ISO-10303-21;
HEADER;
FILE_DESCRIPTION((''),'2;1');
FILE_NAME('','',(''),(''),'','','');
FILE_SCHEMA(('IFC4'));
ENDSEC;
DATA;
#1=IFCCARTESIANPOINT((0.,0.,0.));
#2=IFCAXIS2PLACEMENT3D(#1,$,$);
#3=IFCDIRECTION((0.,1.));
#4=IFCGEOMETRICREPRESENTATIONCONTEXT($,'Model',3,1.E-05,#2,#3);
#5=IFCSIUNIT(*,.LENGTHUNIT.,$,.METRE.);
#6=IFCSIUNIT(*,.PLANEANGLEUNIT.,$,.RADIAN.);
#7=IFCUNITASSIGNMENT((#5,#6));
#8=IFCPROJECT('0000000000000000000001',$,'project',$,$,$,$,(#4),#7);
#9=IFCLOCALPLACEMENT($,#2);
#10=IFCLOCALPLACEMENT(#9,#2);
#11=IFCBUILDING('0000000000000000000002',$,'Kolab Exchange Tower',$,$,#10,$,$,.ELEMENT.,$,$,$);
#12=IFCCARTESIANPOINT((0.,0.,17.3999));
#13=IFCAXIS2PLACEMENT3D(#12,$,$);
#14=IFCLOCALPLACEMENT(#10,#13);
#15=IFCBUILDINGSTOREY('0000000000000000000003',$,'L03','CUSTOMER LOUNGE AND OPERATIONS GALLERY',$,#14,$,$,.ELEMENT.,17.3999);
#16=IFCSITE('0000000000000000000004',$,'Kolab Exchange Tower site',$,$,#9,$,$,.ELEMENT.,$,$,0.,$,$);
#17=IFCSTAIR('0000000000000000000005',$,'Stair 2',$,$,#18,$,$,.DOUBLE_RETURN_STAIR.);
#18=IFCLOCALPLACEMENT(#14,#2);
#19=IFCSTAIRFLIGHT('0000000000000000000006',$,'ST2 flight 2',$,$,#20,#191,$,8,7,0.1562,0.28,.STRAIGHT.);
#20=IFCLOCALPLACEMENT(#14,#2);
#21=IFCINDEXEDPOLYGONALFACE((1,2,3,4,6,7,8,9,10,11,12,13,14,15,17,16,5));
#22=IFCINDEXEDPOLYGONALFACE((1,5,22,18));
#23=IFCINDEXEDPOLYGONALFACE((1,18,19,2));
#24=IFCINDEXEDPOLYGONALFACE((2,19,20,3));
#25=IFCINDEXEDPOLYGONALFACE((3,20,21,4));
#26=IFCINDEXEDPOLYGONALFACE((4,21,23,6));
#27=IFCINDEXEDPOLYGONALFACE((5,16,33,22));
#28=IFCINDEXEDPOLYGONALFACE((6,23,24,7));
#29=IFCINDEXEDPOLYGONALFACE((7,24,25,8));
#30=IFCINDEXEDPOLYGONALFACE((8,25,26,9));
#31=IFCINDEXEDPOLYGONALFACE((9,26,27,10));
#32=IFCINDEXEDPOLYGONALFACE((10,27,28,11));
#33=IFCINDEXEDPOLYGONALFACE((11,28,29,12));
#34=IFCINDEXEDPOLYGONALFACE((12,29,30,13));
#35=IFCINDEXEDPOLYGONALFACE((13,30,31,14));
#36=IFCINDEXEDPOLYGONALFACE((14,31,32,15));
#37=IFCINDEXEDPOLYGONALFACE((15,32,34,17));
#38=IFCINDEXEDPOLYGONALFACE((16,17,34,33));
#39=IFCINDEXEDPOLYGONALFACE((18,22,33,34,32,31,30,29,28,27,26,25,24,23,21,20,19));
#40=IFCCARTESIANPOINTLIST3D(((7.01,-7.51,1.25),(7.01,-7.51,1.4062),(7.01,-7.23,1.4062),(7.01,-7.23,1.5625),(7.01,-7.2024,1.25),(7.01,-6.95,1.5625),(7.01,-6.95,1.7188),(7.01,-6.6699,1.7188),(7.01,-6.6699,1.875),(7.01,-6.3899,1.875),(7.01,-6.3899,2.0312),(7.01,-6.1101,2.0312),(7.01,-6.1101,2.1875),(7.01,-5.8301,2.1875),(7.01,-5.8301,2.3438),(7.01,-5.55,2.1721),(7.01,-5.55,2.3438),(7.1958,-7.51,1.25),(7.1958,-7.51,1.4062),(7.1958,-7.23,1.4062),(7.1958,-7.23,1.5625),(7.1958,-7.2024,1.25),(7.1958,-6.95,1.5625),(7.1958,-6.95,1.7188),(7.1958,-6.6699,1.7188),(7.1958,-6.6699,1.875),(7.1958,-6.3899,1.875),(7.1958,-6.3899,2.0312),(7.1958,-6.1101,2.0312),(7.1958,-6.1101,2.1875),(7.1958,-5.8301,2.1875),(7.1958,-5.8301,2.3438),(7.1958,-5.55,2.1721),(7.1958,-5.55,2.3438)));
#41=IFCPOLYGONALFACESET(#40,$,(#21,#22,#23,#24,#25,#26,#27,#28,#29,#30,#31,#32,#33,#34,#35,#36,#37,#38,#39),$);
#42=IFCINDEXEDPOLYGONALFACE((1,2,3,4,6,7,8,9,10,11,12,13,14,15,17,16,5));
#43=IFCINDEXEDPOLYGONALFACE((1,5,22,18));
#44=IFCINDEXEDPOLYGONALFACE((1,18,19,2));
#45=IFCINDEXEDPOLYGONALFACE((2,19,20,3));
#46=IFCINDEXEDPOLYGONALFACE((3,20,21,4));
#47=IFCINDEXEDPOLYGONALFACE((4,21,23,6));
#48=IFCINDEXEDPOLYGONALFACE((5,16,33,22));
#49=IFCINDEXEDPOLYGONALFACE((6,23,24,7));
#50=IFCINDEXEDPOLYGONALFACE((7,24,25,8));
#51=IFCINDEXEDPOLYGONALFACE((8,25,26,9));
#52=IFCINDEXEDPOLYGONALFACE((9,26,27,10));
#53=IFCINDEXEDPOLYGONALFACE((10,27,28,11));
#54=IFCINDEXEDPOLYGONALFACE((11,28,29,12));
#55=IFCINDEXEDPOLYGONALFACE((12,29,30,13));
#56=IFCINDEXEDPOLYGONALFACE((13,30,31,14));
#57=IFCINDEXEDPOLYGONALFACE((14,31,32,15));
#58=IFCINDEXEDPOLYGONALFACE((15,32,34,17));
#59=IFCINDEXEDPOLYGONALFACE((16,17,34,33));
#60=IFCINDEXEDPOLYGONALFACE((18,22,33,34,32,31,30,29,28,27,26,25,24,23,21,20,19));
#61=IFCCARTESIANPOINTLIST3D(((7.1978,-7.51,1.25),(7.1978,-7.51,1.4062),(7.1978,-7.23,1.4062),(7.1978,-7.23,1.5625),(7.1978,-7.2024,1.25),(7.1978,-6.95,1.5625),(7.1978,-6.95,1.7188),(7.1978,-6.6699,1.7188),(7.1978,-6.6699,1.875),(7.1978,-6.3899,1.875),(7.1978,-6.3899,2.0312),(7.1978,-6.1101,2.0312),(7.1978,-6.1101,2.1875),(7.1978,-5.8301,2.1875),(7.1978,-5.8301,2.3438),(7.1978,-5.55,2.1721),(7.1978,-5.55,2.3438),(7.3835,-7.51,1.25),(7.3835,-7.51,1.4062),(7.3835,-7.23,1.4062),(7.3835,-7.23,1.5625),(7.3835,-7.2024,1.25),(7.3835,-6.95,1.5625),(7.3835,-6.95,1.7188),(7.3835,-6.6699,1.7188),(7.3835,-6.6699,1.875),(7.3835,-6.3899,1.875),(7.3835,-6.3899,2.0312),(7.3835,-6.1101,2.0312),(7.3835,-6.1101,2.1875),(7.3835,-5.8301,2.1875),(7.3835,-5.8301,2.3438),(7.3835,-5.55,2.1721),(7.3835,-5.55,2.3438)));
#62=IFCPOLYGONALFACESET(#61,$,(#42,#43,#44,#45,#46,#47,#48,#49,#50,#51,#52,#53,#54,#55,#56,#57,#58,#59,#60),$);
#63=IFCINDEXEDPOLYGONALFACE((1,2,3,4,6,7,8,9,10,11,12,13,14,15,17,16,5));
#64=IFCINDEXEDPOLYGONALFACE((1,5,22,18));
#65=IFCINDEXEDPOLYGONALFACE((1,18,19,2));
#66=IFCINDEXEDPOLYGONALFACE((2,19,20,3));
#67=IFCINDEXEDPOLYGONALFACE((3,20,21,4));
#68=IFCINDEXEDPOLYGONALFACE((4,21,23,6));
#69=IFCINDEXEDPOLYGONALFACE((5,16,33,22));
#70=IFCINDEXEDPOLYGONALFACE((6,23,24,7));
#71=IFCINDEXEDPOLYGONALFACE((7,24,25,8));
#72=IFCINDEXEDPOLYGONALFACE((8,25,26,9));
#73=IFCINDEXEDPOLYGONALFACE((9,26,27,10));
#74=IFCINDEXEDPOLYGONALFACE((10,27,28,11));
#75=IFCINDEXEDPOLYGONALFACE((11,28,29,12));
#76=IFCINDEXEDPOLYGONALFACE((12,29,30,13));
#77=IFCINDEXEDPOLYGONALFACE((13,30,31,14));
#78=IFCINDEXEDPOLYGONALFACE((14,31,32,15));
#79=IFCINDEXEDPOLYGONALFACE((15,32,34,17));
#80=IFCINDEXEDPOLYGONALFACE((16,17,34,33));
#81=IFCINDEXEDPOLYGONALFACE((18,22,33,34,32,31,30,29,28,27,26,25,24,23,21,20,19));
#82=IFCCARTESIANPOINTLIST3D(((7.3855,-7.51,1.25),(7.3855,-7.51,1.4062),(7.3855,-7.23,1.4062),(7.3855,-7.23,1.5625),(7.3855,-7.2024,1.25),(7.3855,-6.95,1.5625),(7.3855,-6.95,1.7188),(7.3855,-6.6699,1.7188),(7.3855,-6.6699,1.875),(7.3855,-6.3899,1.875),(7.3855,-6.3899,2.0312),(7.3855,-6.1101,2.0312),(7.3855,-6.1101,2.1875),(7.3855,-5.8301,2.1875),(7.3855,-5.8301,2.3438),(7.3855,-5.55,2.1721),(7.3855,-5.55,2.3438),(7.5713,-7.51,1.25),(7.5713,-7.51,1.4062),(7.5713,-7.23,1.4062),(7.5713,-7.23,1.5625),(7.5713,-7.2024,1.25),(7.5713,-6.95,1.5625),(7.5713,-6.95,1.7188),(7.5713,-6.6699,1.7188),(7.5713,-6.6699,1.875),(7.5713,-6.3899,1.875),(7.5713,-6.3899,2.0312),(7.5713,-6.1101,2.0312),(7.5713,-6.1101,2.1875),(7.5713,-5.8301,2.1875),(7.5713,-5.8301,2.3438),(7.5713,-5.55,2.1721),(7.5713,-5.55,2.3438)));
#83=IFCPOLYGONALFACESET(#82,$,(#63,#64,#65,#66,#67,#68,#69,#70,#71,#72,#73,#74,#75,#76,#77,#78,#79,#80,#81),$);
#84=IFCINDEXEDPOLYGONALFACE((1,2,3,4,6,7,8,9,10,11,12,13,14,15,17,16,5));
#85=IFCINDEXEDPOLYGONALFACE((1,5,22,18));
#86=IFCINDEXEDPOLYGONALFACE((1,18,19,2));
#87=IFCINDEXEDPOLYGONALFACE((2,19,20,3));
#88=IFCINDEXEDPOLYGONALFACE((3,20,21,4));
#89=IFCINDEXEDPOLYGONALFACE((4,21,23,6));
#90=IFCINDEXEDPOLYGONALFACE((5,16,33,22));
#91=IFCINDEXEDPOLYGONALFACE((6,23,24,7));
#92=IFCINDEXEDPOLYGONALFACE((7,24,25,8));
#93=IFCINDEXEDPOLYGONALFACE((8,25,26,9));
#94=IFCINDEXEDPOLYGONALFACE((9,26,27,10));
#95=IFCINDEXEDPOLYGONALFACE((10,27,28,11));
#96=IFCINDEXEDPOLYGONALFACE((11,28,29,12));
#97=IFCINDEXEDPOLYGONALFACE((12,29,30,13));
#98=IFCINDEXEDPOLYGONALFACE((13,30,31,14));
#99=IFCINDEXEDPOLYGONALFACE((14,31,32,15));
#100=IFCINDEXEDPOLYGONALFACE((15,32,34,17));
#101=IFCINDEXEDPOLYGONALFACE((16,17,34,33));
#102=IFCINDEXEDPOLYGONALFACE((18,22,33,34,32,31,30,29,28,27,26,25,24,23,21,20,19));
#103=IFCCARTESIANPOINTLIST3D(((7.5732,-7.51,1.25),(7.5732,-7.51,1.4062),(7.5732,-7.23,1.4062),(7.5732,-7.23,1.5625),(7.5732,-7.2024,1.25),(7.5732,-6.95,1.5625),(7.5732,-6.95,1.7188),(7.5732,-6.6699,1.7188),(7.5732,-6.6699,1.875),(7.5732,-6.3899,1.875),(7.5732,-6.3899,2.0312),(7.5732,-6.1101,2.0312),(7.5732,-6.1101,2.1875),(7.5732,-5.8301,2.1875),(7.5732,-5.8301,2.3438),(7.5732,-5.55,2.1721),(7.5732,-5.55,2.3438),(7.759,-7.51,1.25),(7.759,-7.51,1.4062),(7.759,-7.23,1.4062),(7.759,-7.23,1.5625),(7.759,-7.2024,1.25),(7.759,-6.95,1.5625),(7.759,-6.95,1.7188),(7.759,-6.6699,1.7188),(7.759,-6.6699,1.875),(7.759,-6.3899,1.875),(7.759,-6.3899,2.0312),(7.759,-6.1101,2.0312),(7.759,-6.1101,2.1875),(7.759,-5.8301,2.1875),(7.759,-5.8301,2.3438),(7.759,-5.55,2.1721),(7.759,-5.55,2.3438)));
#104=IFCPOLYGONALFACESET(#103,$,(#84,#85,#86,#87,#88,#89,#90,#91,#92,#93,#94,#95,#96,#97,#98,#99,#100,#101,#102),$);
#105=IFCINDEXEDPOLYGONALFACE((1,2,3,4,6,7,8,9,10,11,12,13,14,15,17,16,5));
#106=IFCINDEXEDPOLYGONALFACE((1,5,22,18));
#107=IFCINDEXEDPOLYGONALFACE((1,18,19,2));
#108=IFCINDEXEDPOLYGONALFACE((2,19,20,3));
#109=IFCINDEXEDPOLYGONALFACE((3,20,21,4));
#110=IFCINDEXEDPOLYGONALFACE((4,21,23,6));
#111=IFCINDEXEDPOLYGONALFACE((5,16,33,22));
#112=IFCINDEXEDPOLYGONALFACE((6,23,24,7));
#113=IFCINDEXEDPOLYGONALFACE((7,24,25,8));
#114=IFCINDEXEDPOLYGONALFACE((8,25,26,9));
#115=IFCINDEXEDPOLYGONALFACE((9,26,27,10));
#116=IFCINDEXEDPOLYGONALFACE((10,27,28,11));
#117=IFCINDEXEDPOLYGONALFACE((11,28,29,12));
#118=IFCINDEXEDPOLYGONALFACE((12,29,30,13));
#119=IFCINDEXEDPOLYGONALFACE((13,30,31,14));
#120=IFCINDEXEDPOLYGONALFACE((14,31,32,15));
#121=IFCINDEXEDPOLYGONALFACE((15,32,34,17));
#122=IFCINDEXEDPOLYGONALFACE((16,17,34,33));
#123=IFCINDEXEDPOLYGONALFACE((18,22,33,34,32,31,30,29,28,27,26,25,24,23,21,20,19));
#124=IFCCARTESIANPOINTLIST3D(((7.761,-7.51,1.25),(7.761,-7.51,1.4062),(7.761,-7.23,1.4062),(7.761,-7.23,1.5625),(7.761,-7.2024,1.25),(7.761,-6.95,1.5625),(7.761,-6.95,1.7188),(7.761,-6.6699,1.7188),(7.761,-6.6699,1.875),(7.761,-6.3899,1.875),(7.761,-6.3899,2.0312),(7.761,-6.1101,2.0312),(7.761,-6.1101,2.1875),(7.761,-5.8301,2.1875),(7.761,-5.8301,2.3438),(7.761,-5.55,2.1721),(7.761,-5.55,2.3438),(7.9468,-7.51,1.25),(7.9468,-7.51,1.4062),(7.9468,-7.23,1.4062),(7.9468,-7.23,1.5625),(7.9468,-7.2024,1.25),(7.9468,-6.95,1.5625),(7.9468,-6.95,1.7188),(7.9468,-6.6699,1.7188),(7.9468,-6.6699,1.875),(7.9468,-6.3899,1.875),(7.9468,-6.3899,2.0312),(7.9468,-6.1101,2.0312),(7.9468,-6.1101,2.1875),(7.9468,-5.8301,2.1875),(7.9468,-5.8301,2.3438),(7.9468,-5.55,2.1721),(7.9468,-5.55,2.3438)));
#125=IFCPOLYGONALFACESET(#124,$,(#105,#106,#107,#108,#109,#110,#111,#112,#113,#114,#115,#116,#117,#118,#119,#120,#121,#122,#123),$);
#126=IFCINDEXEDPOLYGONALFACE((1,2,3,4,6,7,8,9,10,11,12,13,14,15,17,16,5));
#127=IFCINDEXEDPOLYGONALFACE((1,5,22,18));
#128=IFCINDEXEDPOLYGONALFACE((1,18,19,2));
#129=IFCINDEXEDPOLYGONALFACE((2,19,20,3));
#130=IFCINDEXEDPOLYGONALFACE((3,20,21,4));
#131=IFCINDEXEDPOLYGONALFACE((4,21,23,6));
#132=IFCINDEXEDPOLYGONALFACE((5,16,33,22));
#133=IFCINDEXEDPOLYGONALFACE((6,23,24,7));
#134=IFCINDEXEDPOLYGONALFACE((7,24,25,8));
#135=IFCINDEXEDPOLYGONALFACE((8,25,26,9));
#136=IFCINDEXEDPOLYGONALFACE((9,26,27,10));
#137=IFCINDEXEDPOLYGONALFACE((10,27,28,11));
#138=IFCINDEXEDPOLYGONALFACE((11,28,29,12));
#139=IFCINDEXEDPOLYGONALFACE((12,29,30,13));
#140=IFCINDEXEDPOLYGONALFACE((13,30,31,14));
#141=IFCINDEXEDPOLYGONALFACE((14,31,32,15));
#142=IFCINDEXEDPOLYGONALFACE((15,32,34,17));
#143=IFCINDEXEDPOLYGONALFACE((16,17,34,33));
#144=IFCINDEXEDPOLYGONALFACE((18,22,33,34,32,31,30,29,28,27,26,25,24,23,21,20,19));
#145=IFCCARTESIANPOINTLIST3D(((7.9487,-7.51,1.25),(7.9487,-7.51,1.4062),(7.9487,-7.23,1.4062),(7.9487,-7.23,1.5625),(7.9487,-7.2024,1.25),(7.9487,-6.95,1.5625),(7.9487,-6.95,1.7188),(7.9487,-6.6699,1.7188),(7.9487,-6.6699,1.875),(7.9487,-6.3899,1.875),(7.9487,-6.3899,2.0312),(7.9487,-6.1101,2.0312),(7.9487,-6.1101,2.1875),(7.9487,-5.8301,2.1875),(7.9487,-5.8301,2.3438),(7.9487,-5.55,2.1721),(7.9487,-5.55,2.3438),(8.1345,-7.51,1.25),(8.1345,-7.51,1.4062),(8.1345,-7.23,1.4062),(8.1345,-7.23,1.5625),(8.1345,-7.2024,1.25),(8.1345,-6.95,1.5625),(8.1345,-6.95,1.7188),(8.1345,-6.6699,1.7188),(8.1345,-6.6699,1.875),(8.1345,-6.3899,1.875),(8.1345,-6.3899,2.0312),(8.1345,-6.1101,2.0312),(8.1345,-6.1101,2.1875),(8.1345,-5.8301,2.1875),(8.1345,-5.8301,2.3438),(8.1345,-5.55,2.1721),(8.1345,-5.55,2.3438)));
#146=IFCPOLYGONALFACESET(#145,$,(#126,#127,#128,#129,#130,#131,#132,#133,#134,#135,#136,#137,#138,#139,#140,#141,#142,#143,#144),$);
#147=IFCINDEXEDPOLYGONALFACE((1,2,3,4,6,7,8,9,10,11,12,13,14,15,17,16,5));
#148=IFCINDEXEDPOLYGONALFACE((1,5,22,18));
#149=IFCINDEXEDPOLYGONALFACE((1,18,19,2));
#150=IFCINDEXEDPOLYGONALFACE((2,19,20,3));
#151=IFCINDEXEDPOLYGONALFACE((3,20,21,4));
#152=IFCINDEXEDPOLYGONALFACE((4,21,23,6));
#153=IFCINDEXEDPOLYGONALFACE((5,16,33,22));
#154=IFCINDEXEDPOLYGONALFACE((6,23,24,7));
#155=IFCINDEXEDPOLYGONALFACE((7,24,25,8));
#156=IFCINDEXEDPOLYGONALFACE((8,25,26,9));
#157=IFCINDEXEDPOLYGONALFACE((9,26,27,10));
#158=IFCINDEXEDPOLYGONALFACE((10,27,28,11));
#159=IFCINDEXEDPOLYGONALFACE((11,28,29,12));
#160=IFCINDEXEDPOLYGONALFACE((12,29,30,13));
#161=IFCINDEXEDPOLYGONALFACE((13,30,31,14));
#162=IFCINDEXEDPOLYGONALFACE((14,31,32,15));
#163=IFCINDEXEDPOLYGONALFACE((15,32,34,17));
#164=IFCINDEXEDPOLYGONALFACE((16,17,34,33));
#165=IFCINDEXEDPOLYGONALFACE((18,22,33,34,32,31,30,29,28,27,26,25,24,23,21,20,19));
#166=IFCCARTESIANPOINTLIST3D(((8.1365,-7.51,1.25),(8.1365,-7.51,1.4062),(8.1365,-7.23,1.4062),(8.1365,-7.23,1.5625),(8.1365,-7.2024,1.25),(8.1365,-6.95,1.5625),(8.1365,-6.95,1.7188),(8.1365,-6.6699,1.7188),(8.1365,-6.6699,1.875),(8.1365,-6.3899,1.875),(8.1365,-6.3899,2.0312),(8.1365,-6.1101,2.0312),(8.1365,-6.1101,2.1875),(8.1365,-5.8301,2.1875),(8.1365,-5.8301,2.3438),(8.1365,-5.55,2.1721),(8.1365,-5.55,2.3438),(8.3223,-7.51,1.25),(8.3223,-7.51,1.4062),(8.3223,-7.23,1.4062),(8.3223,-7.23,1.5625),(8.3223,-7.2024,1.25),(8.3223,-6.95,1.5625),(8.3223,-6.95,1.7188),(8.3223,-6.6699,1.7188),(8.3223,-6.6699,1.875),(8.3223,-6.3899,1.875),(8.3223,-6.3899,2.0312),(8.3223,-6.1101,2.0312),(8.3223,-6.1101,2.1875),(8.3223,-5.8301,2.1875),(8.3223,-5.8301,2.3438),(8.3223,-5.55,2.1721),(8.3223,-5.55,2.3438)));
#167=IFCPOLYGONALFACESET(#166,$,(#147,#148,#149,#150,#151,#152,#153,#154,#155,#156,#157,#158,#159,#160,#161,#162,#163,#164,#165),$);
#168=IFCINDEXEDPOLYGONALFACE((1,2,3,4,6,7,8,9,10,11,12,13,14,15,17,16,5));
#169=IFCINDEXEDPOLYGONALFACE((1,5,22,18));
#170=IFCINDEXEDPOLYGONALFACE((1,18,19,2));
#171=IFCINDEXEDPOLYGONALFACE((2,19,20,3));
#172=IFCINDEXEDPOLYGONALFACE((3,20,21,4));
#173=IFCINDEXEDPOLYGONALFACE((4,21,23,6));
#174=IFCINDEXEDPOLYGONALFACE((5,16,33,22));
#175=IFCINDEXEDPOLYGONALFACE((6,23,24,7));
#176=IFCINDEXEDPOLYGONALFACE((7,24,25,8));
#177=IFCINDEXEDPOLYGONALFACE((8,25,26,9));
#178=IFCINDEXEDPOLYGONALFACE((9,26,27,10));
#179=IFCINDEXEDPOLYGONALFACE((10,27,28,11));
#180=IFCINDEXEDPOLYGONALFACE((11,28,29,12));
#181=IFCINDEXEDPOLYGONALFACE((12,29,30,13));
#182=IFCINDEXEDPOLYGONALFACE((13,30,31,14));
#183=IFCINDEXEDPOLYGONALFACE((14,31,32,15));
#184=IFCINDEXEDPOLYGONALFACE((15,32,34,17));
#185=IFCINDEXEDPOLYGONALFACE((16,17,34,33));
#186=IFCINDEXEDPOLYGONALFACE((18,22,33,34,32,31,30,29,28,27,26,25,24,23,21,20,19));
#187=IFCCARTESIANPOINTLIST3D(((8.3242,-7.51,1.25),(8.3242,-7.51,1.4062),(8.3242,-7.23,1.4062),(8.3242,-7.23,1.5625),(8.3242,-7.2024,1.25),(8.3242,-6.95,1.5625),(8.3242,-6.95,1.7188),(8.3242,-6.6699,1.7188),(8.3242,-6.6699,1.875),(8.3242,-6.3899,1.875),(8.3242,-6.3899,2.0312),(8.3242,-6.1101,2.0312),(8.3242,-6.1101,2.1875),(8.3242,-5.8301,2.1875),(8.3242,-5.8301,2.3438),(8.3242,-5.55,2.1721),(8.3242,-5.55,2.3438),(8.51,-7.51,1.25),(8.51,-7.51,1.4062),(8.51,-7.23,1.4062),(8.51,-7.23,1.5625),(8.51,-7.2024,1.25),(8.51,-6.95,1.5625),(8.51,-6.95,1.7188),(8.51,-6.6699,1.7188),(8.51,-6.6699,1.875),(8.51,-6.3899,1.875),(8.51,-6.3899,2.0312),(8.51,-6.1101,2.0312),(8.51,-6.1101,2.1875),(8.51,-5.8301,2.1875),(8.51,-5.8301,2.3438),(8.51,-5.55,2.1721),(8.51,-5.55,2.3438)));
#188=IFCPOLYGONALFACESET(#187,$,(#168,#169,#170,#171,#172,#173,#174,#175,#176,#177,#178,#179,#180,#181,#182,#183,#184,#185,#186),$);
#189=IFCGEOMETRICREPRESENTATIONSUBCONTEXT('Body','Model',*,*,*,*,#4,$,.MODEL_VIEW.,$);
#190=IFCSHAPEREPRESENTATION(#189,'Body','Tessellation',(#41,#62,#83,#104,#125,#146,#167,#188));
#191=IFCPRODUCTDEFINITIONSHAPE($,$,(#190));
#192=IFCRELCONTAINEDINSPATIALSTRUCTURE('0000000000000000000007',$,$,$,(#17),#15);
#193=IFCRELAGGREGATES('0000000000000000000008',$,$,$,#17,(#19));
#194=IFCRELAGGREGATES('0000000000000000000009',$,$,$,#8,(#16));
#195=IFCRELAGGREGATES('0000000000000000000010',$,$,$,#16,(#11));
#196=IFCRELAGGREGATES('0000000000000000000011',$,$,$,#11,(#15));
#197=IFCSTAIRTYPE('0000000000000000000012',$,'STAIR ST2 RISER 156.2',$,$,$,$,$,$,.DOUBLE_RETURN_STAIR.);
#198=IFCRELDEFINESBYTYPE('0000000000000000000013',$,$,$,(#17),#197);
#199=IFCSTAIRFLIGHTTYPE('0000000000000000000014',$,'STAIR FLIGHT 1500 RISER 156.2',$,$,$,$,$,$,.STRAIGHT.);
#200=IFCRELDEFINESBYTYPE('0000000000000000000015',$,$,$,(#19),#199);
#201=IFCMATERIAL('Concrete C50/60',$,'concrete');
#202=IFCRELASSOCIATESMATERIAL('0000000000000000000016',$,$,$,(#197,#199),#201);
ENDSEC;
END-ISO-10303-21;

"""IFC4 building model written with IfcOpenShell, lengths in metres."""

from ifc_helpers import new_model, si_unit, direction, frame, origin, place, context, subcontext, project, spatial, polyline, outline, extrude, material, type_object, element, aggregate, save


model = new_model("IFC4")

# Units and contexts
model_context = context("Model", 3, precision=1e-05, world=origin(), true_north=direction((0.0, 1.0)))
body_context = subcontext(model_context, "Body", "Model", "MODEL_VIEW")
ifc_project = project(units=[si_unit("LENGTHUNIT", "METRE"), si_unit("PLANEANGLEUNIT", "RADIAN")], contexts=[model_context])

# Site, building, storey
site_placement = place(None, origin())
site = spatial("IfcSite", under=ifc_project, at=site_placement, Name="Kolab Exchange Tower site", CompositionType="ELEMENT", RefElevation=0.0)
building_placement = place(site_placement, origin())
building = spatial("IfcBuilding", under=site, at=building_placement, Name="Kolab Exchange Tower", CompositionType="ELEMENT")
storey_placement = place(building_placement, frame((0.0, 0.0, 17.3999)))
storey = spatial("IfcBuildingStorey", under=building, at=storey_placement, Name="L03", Description="CUSTOMER LOUNGE AND OPERATIONS GALLERY", CompositionType="ELEMENT", Elevation=17.3999)

# Shared definitions
ifc_material_1 = material(Name="Concrete C50/60", Category="concrete")

# Stair, stair flight
stair_type_1 = type_object("IfcStairType", Name="STAIR ST2 RISER 156.2", PredefinedType="DOUBLE_RETURN_STAIR", material=ifc_material_1)
stair_1_placement = place(storey_placement, origin())
stair_1 = element("IfcStair", 1, at=stair_1_placement, inside=storey, type_object=stair_type_1, Name="Stair 2", PredefinedType="DOUBLE_RETURN_STAIR")
stair_flight_type = type_object("IfcStairFlightType", Name="STAIR FLIGHT 1500 RISER 156.2", PredefinedType="STRAIGHT", material=ifc_material_1)
stair_flight_1_placement = place(storey_placement, frame((7.76, -7.51, 1.25), z_axis=(0.0, 0.0, 1.0), x_axis=(0.0, 1.0, 0.0)))
stair_flight_1 = element("IfcStairFlight", 2, at=stair_flight_1_placement, type_object=stair_flight_type, Name="ST2 flight 2", NumberOfRisers=8, NumberOfTreads=7, PredefinedType="STRAIGHT", RiserHeight=0.1562, TreadLength=0.28, context=body_context, shape_type="SweptSolid", body=[
    extrude(outline(polyline([(0.0, 0.0), (0.0, 0.1562), (0.28, 0.1562), (0.28, 0.3125), (0.5601, 0.3125), (0.5601, 0.4688), (0.8401, 0.4688), (0.8401, 0.625), (1.1201, 0.625), (1.1201, 0.7812), (1.3999, 0.7812), (1.3999, 0.9375), (1.6799, 0.9375), (1.6799, 1.0938), (1.96, 1.0938), (1.96, 1.25), (1.96, 0.9221), (0.3076, 0.0), (0.0, 0.0)])), frame((0.0, 0.75, 0.0), z_axis=(0.0, -1.0, 0.0), x_axis=(1.0, 0.0, 0.0)), (0.0, 0.0, 1.0), 0.1858),
    extrude(outline(polyline([(0.0, 0.0), (0.0, 0.1562), (0.28, 0.1562), (0.28, 0.3125), (0.5601, 0.3125), (0.5601, 0.4688), (0.8401, 0.4688), (0.8401, 0.625), (1.1201, 0.625), (1.1201, 0.7812), (1.3999, 0.7812), (1.3999, 0.9375), (1.6799, 0.9375), (1.6799, 1.0938), (1.96, 1.0938), (1.96, 1.25), (1.96, 0.9221), (0.3076, 0.0), (0.0, 0.0)])), frame((0.0, 0.5623, 0.0), z_axis=(0.0, -1.0, 0.0), x_axis=(1.0, 0.0, 0.0)), (0.0, 0.0, 1.0), 0.1858),
    extrude(outline(polyline([(0.0, 0.0), (0.0, 0.1562), (0.28, 0.1562), (0.28, 0.3125), (0.5601, 0.3125), (0.5601, 0.4688), (0.8401, 0.4688), (0.8401, 0.625), (1.1201, 0.625), (1.1201, 0.7812), (1.3999, 0.7812), (1.3999, 0.9375), (1.6799, 0.9375), (1.6799, 1.0938), (1.96, 1.0938), (1.96, 1.25), (1.96, 0.9221), (0.3076, 0.0), (0.0, 0.0)])), frame((0.0, 0.3745, 0.0), z_axis=(0.0, -1.0, 0.0), x_axis=(1.0, 0.0, 0.0)), (0.0, 0.0, 1.0), 0.1858),
    extrude(outline(polyline([(0.0, 0.0), (0.0, 0.1562), (0.28, 0.1562), (0.28, 0.3125), (0.5601, 0.3125), (0.5601, 0.4688), (0.8401, 0.4688), (0.8401, 0.625), (1.1201, 0.625), (1.1201, 0.7812), (1.3999, 0.7812), (1.3999, 0.9375), (1.6799, 0.9375), (1.6799, 1.0938), (1.96, 1.0938), (1.96, 1.25), (1.96, 0.9221), (0.3076, 0.0), (0.0, 0.0)])), frame((0.0, 0.1868, 0.0), z_axis=(0.0, -1.0, 0.0), x_axis=(1.0, 0.0, 0.0)), (0.0, 0.0, 1.0), 0.1858),
    extrude(outline(polyline([(0.0, 0.0), (0.0, 0.1562), (0.28, 0.1562), (0.28, 0.3125), (0.5601, 0.3125), (0.5601, 0.4688), (0.8401, 0.4688), (0.8401, 0.625), (1.1201, 0.625), (1.1201, 0.7812), (1.3999, 0.7812), (1.3999, 0.9375), (1.6799, 0.9375), (1.6799, 1.0938), (1.96, 1.0938), (1.96, 1.25), (1.96, 0.9221), (0.3076, 0.0), (0.0, 0.0)])), frame((0.0, -0.001, 0.0), z_axis=(0.0, -1.0, 0.0), x_axis=(1.0, 0.0, 0.0)), (0.0, 0.0, 1.0), 0.1858),
    extrude(outline(polyline([(0.0, 0.0), (0.0, 0.1562), (0.28, 0.1562), (0.28, 0.3125), (0.5601, 0.3125), (0.5601, 0.4688), (0.8401, 0.4688), (0.8401, 0.625), (1.1201, 0.625), (1.1201, 0.7812), (1.3999, 0.7812), (1.3999, 0.9375), (1.6799, 0.9375), (1.6799, 1.0938), (1.96, 1.0938), (1.96, 1.25), (1.96, 0.9221), (0.3076, 0.0), (0.0, 0.0)])), frame((0.0, -0.1887, 0.0), z_axis=(0.0, -1.0, 0.0), x_axis=(1.0, 0.0, 0.0)), (0.0, 0.0, 1.0), 0.1858),
    extrude(outline(polyline([(0.0, 0.0), (0.0, 0.1562), (0.28, 0.1562), (0.28, 0.3125), (0.5601, 0.3125), (0.5601, 0.4688), (0.8401, 0.4688), (0.8401, 0.625), (1.1201, 0.625), (1.1201, 0.7812), (1.3999, 0.7812), (1.3999, 0.9375), (1.6799, 0.9375), (1.6799, 1.0938), (1.96, 1.0938), (1.96, 1.25), (1.96, 0.9221), (0.3076, 0.0), (0.0, 0.0)])), frame((0.0, -0.3765, 0.0), z_axis=(0.0, -1.0, 0.0), x_axis=(1.0, 0.0, 0.0)), (0.0, 0.0, 1.0), 0.1858),
    extrude(outline(polyline([(0.0, 0.0), (0.0, 0.1562), (0.28, 0.1562), (0.28, 0.3125), (0.5601, 0.3125), (0.5601, 0.4688), (0.8401, 0.4688), (0.8401, 0.625), (1.1201, 0.625), (1.1201, 0.7812), (1.3999, 0.7812), (1.3999, 0.9375), (1.6799, 0.9375), (1.6799, 1.0938), (1.96, 1.0938), (1.96, 1.25), (1.96, 0.9221), (0.3076, 0.0), (0.0, 0.0)])), frame((0.0, -0.5642, 0.0), z_axis=(0.0, -1.0, 0.0), x_axis=(1.0, 0.0, 0.0)), (0.0, 0.0, 1.0), 0.1858),
])
aggregate(stair_1, [stair_flight_1])

save(model, "model.ifc")
